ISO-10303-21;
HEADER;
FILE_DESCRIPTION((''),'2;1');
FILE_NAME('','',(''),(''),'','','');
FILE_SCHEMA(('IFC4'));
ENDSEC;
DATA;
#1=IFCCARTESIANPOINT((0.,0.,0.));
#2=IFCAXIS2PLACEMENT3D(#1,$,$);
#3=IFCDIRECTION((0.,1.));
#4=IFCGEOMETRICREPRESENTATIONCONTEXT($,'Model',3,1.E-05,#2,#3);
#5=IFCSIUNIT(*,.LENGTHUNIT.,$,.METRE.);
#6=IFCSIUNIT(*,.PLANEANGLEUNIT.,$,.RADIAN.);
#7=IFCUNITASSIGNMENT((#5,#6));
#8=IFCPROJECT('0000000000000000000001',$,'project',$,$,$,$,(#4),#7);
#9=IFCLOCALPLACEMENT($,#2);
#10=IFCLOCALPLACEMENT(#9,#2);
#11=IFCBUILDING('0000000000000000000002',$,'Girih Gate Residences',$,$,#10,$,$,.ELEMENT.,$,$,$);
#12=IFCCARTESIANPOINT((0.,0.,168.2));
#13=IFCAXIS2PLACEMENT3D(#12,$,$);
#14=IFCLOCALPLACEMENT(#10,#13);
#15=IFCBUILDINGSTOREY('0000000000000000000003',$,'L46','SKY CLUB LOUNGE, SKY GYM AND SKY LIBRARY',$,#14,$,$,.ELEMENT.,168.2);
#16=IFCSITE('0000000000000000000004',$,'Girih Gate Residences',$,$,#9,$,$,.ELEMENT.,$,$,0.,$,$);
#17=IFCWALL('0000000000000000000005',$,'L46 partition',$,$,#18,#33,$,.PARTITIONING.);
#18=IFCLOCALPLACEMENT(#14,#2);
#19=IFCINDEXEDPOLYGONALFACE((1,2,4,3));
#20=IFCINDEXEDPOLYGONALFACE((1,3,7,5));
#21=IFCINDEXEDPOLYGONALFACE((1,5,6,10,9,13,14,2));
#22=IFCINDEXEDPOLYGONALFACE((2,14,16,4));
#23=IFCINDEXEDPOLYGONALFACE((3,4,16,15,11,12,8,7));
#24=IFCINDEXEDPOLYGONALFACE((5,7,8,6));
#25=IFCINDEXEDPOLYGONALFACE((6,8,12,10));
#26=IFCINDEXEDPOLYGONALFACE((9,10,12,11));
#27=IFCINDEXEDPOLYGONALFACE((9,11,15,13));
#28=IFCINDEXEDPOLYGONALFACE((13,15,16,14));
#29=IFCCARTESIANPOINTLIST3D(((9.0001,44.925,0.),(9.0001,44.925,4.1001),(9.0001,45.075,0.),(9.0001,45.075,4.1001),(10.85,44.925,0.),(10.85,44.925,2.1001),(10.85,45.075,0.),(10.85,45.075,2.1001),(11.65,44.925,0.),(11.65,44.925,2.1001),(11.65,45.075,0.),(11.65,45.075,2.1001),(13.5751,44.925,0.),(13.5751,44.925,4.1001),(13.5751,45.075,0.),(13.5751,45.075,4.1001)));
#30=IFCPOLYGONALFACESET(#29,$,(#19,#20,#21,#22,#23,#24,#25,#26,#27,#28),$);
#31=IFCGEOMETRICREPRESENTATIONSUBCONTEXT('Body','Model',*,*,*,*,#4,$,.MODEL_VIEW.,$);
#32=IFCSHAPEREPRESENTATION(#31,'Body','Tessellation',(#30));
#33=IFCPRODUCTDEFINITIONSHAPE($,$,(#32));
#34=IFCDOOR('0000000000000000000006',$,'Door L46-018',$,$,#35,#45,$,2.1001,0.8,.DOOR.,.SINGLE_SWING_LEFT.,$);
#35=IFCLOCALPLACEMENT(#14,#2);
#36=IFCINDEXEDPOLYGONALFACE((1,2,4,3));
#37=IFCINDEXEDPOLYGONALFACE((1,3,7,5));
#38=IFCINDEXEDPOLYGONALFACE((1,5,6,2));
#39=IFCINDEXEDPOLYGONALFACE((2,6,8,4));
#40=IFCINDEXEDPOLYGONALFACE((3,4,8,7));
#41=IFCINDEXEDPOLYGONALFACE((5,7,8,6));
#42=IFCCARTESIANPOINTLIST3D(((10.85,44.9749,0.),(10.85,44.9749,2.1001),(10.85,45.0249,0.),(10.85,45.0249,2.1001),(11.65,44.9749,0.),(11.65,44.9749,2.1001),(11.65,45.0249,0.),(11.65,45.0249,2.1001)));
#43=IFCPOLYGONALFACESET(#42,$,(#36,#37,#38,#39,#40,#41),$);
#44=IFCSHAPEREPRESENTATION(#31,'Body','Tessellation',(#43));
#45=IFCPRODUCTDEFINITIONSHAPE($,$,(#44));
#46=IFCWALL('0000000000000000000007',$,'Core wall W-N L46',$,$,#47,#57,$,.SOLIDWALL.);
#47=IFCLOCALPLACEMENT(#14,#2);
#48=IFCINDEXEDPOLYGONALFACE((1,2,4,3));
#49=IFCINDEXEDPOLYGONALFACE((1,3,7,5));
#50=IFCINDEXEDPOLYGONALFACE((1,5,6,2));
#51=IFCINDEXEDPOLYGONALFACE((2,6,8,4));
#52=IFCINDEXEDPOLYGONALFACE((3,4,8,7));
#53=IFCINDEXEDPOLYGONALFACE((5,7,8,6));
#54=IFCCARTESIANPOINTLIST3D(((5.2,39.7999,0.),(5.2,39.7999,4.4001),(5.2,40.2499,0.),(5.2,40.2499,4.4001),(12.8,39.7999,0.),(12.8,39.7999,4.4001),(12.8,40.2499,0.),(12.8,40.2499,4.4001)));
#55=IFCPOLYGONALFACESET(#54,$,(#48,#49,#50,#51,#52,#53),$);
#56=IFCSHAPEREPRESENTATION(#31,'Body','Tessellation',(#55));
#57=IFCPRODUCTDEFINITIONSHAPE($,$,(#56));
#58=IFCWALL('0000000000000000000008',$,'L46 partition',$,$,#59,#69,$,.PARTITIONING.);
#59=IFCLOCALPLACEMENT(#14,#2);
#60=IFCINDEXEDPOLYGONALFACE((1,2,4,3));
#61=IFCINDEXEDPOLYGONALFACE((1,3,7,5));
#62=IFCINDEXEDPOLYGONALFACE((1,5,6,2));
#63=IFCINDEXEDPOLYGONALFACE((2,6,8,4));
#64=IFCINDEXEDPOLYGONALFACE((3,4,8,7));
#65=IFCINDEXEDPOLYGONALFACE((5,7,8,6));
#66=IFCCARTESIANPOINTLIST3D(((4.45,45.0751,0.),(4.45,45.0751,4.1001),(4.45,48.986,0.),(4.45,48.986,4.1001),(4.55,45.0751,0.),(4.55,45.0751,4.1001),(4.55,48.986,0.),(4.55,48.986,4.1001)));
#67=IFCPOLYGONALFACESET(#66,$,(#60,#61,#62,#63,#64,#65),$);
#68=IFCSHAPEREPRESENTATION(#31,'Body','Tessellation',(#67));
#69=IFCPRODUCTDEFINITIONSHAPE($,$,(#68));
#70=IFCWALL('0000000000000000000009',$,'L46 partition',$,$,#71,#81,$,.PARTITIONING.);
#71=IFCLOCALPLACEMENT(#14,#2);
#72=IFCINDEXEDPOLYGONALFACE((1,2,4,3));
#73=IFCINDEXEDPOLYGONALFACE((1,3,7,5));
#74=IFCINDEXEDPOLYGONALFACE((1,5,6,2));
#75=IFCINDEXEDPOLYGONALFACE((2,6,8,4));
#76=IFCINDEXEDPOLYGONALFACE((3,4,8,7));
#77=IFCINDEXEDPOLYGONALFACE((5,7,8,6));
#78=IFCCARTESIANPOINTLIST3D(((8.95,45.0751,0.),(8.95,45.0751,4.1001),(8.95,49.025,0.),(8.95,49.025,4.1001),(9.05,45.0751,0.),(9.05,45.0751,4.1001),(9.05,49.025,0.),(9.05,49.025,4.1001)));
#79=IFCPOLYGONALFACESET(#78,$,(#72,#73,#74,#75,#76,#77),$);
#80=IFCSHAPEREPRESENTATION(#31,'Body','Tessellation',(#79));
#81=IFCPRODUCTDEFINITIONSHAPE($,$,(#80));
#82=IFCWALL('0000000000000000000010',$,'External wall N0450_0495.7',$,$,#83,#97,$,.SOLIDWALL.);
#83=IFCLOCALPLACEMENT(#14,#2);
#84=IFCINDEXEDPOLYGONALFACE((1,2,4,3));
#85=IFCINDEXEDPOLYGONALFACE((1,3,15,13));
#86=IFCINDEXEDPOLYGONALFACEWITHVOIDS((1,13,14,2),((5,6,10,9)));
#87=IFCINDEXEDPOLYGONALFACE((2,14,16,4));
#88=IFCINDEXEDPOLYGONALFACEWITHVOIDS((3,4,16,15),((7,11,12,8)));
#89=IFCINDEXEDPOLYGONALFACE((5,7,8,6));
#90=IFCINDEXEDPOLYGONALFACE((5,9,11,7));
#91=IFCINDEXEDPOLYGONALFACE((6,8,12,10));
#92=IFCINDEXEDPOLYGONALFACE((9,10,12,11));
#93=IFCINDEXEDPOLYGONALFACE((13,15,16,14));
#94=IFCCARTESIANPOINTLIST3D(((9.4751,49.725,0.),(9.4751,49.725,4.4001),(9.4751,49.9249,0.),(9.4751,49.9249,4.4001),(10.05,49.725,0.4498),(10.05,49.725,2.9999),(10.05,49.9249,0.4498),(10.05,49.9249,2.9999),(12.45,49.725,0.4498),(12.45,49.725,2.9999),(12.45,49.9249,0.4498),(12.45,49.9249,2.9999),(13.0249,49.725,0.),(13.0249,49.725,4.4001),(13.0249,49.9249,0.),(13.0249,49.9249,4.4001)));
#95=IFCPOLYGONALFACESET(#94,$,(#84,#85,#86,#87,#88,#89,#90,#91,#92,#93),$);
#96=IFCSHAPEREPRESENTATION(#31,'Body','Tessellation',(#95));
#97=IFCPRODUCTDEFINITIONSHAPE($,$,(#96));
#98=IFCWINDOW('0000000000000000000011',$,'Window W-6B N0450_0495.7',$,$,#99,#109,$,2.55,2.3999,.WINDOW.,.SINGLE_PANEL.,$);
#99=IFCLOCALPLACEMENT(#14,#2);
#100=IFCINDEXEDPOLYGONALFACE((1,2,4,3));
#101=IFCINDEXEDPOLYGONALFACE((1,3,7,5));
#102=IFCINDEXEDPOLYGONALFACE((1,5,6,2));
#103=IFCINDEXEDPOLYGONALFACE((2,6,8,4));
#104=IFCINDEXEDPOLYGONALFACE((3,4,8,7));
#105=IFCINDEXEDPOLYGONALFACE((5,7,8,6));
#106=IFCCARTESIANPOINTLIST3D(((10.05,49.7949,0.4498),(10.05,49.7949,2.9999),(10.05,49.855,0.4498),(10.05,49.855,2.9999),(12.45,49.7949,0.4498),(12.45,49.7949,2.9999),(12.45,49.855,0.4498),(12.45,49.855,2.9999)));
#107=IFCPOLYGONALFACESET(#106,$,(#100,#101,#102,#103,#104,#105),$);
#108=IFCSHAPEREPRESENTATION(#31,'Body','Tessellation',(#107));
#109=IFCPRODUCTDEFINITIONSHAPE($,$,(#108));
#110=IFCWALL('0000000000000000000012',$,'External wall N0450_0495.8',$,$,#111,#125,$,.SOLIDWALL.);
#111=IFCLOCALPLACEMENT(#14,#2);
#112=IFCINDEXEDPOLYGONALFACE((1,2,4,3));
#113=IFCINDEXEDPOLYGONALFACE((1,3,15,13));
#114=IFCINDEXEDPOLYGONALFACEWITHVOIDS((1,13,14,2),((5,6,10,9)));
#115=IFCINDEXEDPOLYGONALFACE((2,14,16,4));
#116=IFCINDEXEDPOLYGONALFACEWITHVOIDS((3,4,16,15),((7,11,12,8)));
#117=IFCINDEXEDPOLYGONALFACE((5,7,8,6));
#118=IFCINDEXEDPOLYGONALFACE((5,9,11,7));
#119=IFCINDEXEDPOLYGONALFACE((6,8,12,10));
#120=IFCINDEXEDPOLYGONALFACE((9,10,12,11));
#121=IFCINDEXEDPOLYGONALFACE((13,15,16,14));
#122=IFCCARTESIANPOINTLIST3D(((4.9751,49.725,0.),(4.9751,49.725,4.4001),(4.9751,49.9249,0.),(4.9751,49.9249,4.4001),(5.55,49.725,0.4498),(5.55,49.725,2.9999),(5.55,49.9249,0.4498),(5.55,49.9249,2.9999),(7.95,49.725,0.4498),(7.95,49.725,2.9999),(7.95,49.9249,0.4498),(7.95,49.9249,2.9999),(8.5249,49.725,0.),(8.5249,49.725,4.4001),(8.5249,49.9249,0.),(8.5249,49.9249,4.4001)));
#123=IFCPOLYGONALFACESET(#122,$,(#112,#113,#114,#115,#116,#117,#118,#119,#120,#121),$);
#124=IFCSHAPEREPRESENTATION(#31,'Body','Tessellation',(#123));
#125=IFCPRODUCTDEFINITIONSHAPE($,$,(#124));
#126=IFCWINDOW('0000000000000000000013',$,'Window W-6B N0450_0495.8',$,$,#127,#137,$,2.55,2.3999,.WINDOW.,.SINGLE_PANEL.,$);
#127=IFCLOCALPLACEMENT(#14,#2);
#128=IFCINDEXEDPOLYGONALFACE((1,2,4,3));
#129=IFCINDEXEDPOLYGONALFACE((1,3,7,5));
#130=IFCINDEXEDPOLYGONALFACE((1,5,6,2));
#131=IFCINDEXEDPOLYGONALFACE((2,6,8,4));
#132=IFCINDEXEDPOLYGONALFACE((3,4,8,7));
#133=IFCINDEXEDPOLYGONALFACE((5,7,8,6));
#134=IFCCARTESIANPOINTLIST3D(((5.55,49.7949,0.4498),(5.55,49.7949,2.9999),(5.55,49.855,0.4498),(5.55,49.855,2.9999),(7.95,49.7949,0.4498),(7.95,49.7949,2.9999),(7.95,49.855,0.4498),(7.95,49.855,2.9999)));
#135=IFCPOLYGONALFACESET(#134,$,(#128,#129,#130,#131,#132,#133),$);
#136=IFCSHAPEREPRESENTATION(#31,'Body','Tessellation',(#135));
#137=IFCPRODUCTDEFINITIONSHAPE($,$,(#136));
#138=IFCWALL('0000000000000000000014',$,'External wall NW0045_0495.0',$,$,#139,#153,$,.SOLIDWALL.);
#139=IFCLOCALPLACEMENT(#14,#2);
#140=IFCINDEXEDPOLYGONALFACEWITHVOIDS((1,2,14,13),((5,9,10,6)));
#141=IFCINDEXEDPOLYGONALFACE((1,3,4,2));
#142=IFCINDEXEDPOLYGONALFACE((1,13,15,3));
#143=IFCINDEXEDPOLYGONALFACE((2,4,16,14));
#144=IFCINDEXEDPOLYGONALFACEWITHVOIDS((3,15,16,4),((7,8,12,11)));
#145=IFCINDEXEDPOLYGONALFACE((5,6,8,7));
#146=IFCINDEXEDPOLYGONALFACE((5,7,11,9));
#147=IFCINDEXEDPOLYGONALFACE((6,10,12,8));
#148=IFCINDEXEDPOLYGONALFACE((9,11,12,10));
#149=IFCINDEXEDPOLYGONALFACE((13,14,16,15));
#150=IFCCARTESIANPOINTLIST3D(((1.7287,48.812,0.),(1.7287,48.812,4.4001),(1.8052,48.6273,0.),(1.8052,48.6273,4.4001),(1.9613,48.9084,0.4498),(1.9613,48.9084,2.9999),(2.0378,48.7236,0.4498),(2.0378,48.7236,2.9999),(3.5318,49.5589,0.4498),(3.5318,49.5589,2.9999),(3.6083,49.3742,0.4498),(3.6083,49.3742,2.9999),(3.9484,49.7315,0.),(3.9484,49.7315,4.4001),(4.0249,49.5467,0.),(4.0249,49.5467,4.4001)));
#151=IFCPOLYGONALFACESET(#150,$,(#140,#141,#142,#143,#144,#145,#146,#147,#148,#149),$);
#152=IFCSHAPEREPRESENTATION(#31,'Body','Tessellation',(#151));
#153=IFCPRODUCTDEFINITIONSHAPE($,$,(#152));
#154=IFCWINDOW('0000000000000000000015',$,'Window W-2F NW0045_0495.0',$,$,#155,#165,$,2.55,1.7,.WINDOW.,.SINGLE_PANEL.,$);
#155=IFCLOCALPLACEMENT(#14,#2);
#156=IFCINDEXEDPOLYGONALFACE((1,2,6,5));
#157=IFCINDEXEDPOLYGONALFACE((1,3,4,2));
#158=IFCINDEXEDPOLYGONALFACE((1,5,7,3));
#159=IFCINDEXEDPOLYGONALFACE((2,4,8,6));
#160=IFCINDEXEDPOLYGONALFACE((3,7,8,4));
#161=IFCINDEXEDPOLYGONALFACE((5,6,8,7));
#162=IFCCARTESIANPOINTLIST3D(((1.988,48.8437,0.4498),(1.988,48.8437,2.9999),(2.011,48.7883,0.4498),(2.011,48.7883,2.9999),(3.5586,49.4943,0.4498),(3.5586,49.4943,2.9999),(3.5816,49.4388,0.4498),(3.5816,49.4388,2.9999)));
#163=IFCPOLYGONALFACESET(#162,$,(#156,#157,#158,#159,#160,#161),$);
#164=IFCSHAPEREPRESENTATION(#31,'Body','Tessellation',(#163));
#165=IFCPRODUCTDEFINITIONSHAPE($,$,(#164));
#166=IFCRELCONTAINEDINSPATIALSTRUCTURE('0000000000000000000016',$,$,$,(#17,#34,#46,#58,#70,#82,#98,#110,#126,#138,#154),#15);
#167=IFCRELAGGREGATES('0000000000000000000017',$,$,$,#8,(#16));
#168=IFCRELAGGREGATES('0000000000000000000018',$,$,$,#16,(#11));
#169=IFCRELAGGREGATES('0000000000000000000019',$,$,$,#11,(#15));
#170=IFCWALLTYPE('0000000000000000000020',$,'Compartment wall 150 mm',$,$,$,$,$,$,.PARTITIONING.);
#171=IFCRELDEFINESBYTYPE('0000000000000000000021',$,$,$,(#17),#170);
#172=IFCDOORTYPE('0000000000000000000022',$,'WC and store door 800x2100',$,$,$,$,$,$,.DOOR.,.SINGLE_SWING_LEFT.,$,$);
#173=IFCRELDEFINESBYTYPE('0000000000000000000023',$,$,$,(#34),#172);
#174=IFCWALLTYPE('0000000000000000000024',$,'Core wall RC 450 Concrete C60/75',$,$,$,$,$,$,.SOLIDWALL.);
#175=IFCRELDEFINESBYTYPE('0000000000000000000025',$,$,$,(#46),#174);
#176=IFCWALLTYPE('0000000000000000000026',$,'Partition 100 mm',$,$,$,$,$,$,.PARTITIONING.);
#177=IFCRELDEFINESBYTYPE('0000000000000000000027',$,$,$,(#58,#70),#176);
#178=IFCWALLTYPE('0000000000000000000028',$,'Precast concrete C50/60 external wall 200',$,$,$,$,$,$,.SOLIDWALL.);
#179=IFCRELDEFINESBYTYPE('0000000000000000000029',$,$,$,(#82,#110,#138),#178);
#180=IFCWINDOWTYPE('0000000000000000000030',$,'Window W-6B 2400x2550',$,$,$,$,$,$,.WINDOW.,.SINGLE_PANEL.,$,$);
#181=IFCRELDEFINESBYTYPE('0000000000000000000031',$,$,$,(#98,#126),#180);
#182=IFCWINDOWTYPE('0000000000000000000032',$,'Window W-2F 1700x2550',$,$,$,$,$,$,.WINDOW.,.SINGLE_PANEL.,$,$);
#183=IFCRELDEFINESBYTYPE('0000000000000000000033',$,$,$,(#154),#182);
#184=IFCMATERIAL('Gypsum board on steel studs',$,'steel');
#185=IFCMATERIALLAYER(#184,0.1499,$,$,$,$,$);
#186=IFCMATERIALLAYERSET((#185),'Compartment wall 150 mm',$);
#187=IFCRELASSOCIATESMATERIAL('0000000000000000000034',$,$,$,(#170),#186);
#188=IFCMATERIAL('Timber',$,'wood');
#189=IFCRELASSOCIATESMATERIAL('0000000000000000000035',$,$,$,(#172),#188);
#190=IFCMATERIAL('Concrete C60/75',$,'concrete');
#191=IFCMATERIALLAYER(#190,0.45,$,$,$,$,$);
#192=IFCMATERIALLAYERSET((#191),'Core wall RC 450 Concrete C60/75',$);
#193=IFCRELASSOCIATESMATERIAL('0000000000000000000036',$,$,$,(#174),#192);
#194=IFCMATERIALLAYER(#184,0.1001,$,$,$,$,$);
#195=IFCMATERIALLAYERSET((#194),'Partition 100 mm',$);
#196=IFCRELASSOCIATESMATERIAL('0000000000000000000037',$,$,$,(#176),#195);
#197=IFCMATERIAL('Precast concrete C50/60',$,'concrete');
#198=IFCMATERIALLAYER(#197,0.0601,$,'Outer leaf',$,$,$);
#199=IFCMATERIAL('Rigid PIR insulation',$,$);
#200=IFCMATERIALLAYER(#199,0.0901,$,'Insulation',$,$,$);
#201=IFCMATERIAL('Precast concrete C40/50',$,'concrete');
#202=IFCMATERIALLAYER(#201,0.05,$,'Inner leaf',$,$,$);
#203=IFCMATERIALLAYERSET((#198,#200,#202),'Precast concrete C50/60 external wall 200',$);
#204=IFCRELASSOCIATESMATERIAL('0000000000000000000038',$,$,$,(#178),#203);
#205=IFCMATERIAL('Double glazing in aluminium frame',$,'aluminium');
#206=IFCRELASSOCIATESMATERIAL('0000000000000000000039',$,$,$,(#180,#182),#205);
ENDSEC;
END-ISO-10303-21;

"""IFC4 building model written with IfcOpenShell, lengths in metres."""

from ifc_helpers import new_model, si_unit, direction, frame, frame_2d, origin, place, context, subcontext, project, spatial, rectangle, extrude, material, layer, layer_set, type_object, element, fill, save


model = new_model("IFC4")

# Units and contexts
model_context = context("Model", 3, precision=1e-05, world=origin(), true_north=direction((0.0, 1.0)))
body_context = subcontext(model_context, "Body", "Model", "MODEL_VIEW")
ifc_project = project(units=[si_unit("LENGTHUNIT", "METRE"), si_unit("PLANEANGLEUNIT", "RADIAN")], contexts=[model_context])

# Site, building, storey
site_placement = place(None, origin())
site = spatial("IfcSite", under=ifc_project, at=site_placement, Name="Girih Gate Residences", CompositionType="ELEMENT", RefElevation=0.0)
building_placement = place(site_placement, origin())
building = spatial("IfcBuilding", under=site, at=building_placement, Name="Girih Gate Residences", CompositionType="ELEMENT")
storey_placement = place(building_placement, frame((0.0, 0.0, 168.2)))
storey = spatial("IfcBuildingStorey", under=building, at=storey_placement, Name="L46", Description="SKY CLUB LOUNGE, SKY GYM AND SKY LIBRARY", CompositionType="ELEMENT", Elevation=168.2)

# Shared definitions
ifc_material_1 = material(Name="Concrete C60/75", Category="concrete")

# Wall, opening, door
ifc_material_2 = material(Name="Gypsum board on steel studs", Category="steel")
ifc_layer_1 = layer(ifc_material_2, 0.1499)
ifc_layer_set_1 = layer_set([ifc_layer_1], Name="Compartment wall 150 mm")
wall_type_1 = type_object("IfcWallType", Name="Compartment wall 150 mm", PredefinedType="PARTITIONING", material=ifc_layer_set_1)
ifc_material_3 = material(Name="Timber", Category="wood")
door_type = type_object("IfcDoorType", Name="WC and store door 800x2100", OperationType="SINGLE_SWING_LEFT", PredefinedType="DOOR", material=ifc_material_3)
wall_1_placement = place(storey_placement, frame((9.0, 45.0, 0.0), z_axis=(0.0, 0.0, 1.0), x_axis=(1.0, 0.0, 0.0)))
wall_1 = element("IfcWall", 1, at=wall_1_placement, inside=storey, type_object=wall_type_1, Name="L46 partition", PredefinedType="PARTITIONING", context=body_context, shape_type="SweptSolid", body=[
    extrude(rectangle(XDim=4.575, YDim=0.1499, at=frame_2d((2.2876, 0.0))), origin(), (0.0, 0.0, 1.0), 4.1001),
])
opening_1_placement = place(wall_1_placement, frame((1.8501, 0.0, 0.0)))
opening_1 = element("IfcOpeningElement", 2, at=opening_1_placement, cuts=wall_1, PredefinedType="OPENING", context=body_context, shape_type="SweptSolid", body=[
    extrude(rectangle(XDim=0.8, YDim=2.1001, at=frame_2d((0.3999, 1.05))), frame((0.0, 0.085, 0.0), z_axis=(0.0, -1.0, 0.0), x_axis=(1.0, 0.0, 0.0)), (0.0, 0.0, 1.0), 0.1699),
])
door_1_placement = place(opening_1_placement, origin())
door_1 = element("IfcDoor", 3, at=door_1_placement, inside=storey, type_object=door_type, Name="Door L46-018", OperationType="SINGLE_SWING_LEFT", OverallHeight=2.1001, OverallWidth=0.8, PredefinedType="DOOR", context=body_context, shape_type="SweptSolid", body=[
    extrude(rectangle(XDim=0.8, YDim=2.1001, at=frame_2d((0.3999, 1.05))), frame((0.0, 0.0249, 0.0), z_axis=(0.0, -1.0, 0.0), x_axis=(1.0, 0.0, 0.0)), (0.0, 0.0, 1.0), 0.05),
])
fill(opening_1, door_1)

# Walls
ifc_layer_2 = layer(ifc_material_1, 0.45)
ifc_layer_set_2 = layer_set([ifc_layer_2], Name="Core wall RC 450 Concrete C60/75")
wall_type_2 = type_object("IfcWallType", Name="Core wall RC 450 Concrete C60/75", PredefinedType="SOLIDWALL", material=ifc_layer_set_2)
wall_2_placement = place(storey_placement, frame((5.2, 40.0249, 0.0), z_axis=(0.0, 0.0, 1.0), x_axis=(1.0, 0.0, 0.0)))
element("IfcWall", 4, at=wall_2_placement, inside=storey, type_object=wall_type_2, Name="Core wall W-N L46", PredefinedType="SOLIDWALL", context=body_context, shape_type="SweptSolid", body=[
    extrude(rectangle(XDim=7.6001, YDim=0.45, at=frame_2d((3.8, 0.0))), origin(), (0.0, 0.0, 1.0), 4.4001),
])
ifc_layer_3 = layer(ifc_material_2, 0.1001)
ifc_layer_set_3 = layer_set([ifc_layer_3], Name="Partition 100 mm")
wall_type_3 = type_object("IfcWallType", Name="Partition 100 mm", PredefinedType="PARTITIONING", material=ifc_layer_set_3)
wall_3_placement = place(storey_placement, frame((4.5, 45.075, 0.0), z_axis=(0.0, 0.0, 1.0), x_axis=(0.0, 1.0, 0.0)))
element("IfcWall", 5, at=wall_3_placement, inside=storey, type_object=wall_type_3, Name="L46 partition", PredefinedType="PARTITIONING", context=body_context, shape_type="SweptSolid", body=[
    extrude(rectangle(XDim=3.9109, YDim=0.1001, at=frame_2d((1.9556, 0.0))), origin(), (0.0, 0.0, 1.0), 4.1001),
])
wall_4_placement = place(storey_placement, frame((9.0, 45.075, 0.0), z_axis=(0.0, 0.0, 1.0), x_axis=(0.0, 1.0, 0.0)))
element("IfcWall", 6, at=wall_4_placement, inside=storey, type_object=wall_type_3, Name="L46 partition", PredefinedType="PARTITIONING", context=body_context, shape_type="SweptSolid", body=[
    extrude(rectangle(XDim=3.95, YDim=0.1001, at=frame_2d((1.9751, 0.0))), origin(), (0.0, 0.0, 1.0), 4.1001),
])

# Walls, openings, windows
ifc_material_4 = material(Name="Precast concrete C50/60", Category="concrete")
ifc_layer_4 = layer(ifc_material_4, 0.0601, Name="Outer leaf")
ifc_material_5 = material(Name="Rigid PIR insulation")
ifc_layer_5 = layer(ifc_material_5, 0.0901, Name="Insulation")
ifc_material_6 = material(Name="Precast concrete C40/50", Category="concrete")
ifc_layer_6 = layer(ifc_material_6, 0.05, Name="Inner leaf")
ifc_layer_set_4 = layer_set([ifc_layer_4, ifc_layer_5, ifc_layer_6], Name="Precast concrete C50/60 external wall 200")
wall_type_4 = type_object("IfcWallType", Name="Precast concrete C50/60 external wall 200", PredefinedType="SOLIDWALL", material=ifc_layer_set_4)
wall_5_placement = place(storey_placement, frame((9.4751, 49.825, 0.0), z_axis=(0.0, 0.0, 1.0), x_axis=(1.0, 0.0, 0.0)))
wall_5 = element("IfcWall", 7, at=wall_5_placement, inside=storey, type_object=wall_type_4, Name="External wall N0450_0495.7", PredefinedType="SOLIDWALL", context=body_context, shape_type="SweptSolid", body=[
    extrude(rectangle(XDim=3.5498, YDim=0.2, at=frame_2d((1.7749, 0.0))), origin(), (0.0, 0.0, 1.0), 4.4001),
])
opening_2_placement = place(wall_5_placement, frame((0.575, 0.0, 0.45)))
opening_2 = element("IfcOpeningElement", 8, at=opening_2_placement, cuts=wall_5, PredefinedType="OPENING", context=body_context, shape_type="SweptSolid", body=[
    extrude(rectangle(XDim=2.3999, YDim=2.55, at=frame_2d((1.2, 1.2749))), frame((0.0, 0.1099, 0.0), z_axis=(0.0, -1.0, 0.0), x_axis=(1.0, 0.0, 0.0)), (0.0, 0.0, 1.0), 0.22),
])
ifc_material_7 = material(Name="Double glazing in aluminium frame", Category="aluminium")
window_type_1 = type_object("IfcWindowType", Name="Window W-6B 2400x2550", PartitioningType="SINGLE_PANEL", PredefinedType="WINDOW", material=ifc_material_7)
window_1_placement = place(opening_2_placement, origin())
window_1 = element("IfcWindow", 9, at=window_1_placement, inside=storey, type_object=window_type_1, Name="Window W-6B N0450_0495.7", OverallHeight=2.55, OverallWidth=2.3999, PartitioningType="SINGLE_PANEL", PredefinedType="WINDOW", context=body_context, shape_type="SweptSolid", body=[
    extrude(rectangle(XDim=2.3999, YDim=2.55, at=frame_2d((1.2, 1.2749))), frame((0.0, 0.03, 0.0), z_axis=(0.0, -1.0, 0.0), x_axis=(1.0, 0.0, 0.0)), (0.0, 0.0, 1.0), 0.0601),
])
fill(opening_2, window_1)
wall_6_placement = place(storey_placement, frame((4.9751, 49.825, 0.0), z_axis=(0.0, 0.0, 1.0), x_axis=(1.0, 0.0, 0.0)))
wall_6 = element("IfcWall", 10, at=wall_6_placement, inside=storey, type_object=wall_type_4, Name="External wall N0450_0495.8", PredefinedType="SOLIDWALL", context=body_context, shape_type="SweptSolid", body=[
    extrude(rectangle(XDim=3.5498, YDim=0.2, at=frame_2d((1.7749, 0.0))), origin(), (0.0, 0.0, 1.0), 4.4001),
])
opening_3_placement = place(wall_6_placement, frame((0.575, 0.0, 0.45)))
opening_3 = element("IfcOpeningElement", 11, at=opening_3_placement, cuts=wall_6, PredefinedType="OPENING", context=body_context, shape_type="SweptSolid", body=[
    extrude(rectangle(XDim=2.3999, YDim=2.55, at=frame_2d((1.2, 1.2749))), frame((0.0, 0.1099, 0.0), z_axis=(0.0, -1.0, 0.0), x_axis=(1.0, 0.0, 0.0)), (0.0, 0.0, 1.0), 0.22),
])
window_2_placement = place(opening_3_placement, origin())
window_2 = element("IfcWindow", 12, at=window_2_placement, inside=storey, type_object=window_type_1, Name="Window W-6B N0450_0495.8", OverallHeight=2.55, OverallWidth=2.3999, PartitioningType="SINGLE_PANEL", PredefinedType="WINDOW", context=body_context, shape_type="SweptSolid", body=[
    extrude(rectangle(XDim=2.3999, YDim=2.55, at=frame_2d((1.2, 1.2749))), frame((0.0, 0.03, 0.0), z_axis=(0.0, -1.0, 0.0), x_axis=(1.0, 0.0, 0.0)), (0.0, 0.0, 1.0), 0.0601),
])
fill(opening_3, window_2)
wall_7_placement = place(storey_placement, frame((1.7671, 48.7197, 0.0), z_axis=(0.0, 0.0, 1.0), x_axis=(0.923881, 0.382681, 0.0)))
wall_7 = element("IfcWall", 13, at=wall_7_placement, inside=storey, type_object=wall_type_4, Name="External wall NW0045_0495.0", PredefinedType="SOLIDWALL", context=body_context, shape_type="SweptSolid", body=[
    extrude(rectangle(XDim=2.4026, YDim=0.2, at=frame_2d((1.2012, 0.0))), origin(), (0.0, 0.0, 1.0), 4.4001),
])
opening_4_placement = place(wall_7_placement, frame((0.2515, 0.0, 0.45)))
opening_4 = element("IfcOpeningElement", 14, at=opening_4_placement, cuts=wall_7, PredefinedType="OPENING", context=body_context, shape_type="SweptSolid", body=[
    extrude(rectangle(XDim=1.7, YDim=2.55, at=frame_2d((0.8501, 1.2749))), frame((0.0, 0.1099, 0.0), z_axis=(0.0, -1.0, 0.0), x_axis=(1.0, 0.0, 0.0)), (0.0, 0.0, 1.0), 0.22),
])
window_type_2 = type_object("IfcWindowType", Name="Window W-2F 1700x2550", PartitioningType="SINGLE_PANEL", PredefinedType="WINDOW", material=ifc_material_7)
window_3_placement = place(opening_4_placement, origin())
window_3 = element("IfcWindow", 15, at=window_3_placement, inside=storey, type_object=window_type_2, Name="Window W-2F NW0045_0495.0", OverallHeight=2.55, OverallWidth=1.7, PartitioningType="SINGLE_PANEL", PredefinedType="WINDOW", context=body_context, shape_type="SweptSolid", body=[
    extrude(rectangle(XDim=1.7, YDim=2.55, at=frame_2d((0.8501, 1.2749))), frame((0.0, 0.03, 0.0), z_axis=(0.0, -1.0, 0.0), x_axis=(1.0, 0.0, 0.0)), (0.0, 0.0, 1.0), 0.0601),
])
fill(opening_4, window_3)

save(model, "model.ifc")
